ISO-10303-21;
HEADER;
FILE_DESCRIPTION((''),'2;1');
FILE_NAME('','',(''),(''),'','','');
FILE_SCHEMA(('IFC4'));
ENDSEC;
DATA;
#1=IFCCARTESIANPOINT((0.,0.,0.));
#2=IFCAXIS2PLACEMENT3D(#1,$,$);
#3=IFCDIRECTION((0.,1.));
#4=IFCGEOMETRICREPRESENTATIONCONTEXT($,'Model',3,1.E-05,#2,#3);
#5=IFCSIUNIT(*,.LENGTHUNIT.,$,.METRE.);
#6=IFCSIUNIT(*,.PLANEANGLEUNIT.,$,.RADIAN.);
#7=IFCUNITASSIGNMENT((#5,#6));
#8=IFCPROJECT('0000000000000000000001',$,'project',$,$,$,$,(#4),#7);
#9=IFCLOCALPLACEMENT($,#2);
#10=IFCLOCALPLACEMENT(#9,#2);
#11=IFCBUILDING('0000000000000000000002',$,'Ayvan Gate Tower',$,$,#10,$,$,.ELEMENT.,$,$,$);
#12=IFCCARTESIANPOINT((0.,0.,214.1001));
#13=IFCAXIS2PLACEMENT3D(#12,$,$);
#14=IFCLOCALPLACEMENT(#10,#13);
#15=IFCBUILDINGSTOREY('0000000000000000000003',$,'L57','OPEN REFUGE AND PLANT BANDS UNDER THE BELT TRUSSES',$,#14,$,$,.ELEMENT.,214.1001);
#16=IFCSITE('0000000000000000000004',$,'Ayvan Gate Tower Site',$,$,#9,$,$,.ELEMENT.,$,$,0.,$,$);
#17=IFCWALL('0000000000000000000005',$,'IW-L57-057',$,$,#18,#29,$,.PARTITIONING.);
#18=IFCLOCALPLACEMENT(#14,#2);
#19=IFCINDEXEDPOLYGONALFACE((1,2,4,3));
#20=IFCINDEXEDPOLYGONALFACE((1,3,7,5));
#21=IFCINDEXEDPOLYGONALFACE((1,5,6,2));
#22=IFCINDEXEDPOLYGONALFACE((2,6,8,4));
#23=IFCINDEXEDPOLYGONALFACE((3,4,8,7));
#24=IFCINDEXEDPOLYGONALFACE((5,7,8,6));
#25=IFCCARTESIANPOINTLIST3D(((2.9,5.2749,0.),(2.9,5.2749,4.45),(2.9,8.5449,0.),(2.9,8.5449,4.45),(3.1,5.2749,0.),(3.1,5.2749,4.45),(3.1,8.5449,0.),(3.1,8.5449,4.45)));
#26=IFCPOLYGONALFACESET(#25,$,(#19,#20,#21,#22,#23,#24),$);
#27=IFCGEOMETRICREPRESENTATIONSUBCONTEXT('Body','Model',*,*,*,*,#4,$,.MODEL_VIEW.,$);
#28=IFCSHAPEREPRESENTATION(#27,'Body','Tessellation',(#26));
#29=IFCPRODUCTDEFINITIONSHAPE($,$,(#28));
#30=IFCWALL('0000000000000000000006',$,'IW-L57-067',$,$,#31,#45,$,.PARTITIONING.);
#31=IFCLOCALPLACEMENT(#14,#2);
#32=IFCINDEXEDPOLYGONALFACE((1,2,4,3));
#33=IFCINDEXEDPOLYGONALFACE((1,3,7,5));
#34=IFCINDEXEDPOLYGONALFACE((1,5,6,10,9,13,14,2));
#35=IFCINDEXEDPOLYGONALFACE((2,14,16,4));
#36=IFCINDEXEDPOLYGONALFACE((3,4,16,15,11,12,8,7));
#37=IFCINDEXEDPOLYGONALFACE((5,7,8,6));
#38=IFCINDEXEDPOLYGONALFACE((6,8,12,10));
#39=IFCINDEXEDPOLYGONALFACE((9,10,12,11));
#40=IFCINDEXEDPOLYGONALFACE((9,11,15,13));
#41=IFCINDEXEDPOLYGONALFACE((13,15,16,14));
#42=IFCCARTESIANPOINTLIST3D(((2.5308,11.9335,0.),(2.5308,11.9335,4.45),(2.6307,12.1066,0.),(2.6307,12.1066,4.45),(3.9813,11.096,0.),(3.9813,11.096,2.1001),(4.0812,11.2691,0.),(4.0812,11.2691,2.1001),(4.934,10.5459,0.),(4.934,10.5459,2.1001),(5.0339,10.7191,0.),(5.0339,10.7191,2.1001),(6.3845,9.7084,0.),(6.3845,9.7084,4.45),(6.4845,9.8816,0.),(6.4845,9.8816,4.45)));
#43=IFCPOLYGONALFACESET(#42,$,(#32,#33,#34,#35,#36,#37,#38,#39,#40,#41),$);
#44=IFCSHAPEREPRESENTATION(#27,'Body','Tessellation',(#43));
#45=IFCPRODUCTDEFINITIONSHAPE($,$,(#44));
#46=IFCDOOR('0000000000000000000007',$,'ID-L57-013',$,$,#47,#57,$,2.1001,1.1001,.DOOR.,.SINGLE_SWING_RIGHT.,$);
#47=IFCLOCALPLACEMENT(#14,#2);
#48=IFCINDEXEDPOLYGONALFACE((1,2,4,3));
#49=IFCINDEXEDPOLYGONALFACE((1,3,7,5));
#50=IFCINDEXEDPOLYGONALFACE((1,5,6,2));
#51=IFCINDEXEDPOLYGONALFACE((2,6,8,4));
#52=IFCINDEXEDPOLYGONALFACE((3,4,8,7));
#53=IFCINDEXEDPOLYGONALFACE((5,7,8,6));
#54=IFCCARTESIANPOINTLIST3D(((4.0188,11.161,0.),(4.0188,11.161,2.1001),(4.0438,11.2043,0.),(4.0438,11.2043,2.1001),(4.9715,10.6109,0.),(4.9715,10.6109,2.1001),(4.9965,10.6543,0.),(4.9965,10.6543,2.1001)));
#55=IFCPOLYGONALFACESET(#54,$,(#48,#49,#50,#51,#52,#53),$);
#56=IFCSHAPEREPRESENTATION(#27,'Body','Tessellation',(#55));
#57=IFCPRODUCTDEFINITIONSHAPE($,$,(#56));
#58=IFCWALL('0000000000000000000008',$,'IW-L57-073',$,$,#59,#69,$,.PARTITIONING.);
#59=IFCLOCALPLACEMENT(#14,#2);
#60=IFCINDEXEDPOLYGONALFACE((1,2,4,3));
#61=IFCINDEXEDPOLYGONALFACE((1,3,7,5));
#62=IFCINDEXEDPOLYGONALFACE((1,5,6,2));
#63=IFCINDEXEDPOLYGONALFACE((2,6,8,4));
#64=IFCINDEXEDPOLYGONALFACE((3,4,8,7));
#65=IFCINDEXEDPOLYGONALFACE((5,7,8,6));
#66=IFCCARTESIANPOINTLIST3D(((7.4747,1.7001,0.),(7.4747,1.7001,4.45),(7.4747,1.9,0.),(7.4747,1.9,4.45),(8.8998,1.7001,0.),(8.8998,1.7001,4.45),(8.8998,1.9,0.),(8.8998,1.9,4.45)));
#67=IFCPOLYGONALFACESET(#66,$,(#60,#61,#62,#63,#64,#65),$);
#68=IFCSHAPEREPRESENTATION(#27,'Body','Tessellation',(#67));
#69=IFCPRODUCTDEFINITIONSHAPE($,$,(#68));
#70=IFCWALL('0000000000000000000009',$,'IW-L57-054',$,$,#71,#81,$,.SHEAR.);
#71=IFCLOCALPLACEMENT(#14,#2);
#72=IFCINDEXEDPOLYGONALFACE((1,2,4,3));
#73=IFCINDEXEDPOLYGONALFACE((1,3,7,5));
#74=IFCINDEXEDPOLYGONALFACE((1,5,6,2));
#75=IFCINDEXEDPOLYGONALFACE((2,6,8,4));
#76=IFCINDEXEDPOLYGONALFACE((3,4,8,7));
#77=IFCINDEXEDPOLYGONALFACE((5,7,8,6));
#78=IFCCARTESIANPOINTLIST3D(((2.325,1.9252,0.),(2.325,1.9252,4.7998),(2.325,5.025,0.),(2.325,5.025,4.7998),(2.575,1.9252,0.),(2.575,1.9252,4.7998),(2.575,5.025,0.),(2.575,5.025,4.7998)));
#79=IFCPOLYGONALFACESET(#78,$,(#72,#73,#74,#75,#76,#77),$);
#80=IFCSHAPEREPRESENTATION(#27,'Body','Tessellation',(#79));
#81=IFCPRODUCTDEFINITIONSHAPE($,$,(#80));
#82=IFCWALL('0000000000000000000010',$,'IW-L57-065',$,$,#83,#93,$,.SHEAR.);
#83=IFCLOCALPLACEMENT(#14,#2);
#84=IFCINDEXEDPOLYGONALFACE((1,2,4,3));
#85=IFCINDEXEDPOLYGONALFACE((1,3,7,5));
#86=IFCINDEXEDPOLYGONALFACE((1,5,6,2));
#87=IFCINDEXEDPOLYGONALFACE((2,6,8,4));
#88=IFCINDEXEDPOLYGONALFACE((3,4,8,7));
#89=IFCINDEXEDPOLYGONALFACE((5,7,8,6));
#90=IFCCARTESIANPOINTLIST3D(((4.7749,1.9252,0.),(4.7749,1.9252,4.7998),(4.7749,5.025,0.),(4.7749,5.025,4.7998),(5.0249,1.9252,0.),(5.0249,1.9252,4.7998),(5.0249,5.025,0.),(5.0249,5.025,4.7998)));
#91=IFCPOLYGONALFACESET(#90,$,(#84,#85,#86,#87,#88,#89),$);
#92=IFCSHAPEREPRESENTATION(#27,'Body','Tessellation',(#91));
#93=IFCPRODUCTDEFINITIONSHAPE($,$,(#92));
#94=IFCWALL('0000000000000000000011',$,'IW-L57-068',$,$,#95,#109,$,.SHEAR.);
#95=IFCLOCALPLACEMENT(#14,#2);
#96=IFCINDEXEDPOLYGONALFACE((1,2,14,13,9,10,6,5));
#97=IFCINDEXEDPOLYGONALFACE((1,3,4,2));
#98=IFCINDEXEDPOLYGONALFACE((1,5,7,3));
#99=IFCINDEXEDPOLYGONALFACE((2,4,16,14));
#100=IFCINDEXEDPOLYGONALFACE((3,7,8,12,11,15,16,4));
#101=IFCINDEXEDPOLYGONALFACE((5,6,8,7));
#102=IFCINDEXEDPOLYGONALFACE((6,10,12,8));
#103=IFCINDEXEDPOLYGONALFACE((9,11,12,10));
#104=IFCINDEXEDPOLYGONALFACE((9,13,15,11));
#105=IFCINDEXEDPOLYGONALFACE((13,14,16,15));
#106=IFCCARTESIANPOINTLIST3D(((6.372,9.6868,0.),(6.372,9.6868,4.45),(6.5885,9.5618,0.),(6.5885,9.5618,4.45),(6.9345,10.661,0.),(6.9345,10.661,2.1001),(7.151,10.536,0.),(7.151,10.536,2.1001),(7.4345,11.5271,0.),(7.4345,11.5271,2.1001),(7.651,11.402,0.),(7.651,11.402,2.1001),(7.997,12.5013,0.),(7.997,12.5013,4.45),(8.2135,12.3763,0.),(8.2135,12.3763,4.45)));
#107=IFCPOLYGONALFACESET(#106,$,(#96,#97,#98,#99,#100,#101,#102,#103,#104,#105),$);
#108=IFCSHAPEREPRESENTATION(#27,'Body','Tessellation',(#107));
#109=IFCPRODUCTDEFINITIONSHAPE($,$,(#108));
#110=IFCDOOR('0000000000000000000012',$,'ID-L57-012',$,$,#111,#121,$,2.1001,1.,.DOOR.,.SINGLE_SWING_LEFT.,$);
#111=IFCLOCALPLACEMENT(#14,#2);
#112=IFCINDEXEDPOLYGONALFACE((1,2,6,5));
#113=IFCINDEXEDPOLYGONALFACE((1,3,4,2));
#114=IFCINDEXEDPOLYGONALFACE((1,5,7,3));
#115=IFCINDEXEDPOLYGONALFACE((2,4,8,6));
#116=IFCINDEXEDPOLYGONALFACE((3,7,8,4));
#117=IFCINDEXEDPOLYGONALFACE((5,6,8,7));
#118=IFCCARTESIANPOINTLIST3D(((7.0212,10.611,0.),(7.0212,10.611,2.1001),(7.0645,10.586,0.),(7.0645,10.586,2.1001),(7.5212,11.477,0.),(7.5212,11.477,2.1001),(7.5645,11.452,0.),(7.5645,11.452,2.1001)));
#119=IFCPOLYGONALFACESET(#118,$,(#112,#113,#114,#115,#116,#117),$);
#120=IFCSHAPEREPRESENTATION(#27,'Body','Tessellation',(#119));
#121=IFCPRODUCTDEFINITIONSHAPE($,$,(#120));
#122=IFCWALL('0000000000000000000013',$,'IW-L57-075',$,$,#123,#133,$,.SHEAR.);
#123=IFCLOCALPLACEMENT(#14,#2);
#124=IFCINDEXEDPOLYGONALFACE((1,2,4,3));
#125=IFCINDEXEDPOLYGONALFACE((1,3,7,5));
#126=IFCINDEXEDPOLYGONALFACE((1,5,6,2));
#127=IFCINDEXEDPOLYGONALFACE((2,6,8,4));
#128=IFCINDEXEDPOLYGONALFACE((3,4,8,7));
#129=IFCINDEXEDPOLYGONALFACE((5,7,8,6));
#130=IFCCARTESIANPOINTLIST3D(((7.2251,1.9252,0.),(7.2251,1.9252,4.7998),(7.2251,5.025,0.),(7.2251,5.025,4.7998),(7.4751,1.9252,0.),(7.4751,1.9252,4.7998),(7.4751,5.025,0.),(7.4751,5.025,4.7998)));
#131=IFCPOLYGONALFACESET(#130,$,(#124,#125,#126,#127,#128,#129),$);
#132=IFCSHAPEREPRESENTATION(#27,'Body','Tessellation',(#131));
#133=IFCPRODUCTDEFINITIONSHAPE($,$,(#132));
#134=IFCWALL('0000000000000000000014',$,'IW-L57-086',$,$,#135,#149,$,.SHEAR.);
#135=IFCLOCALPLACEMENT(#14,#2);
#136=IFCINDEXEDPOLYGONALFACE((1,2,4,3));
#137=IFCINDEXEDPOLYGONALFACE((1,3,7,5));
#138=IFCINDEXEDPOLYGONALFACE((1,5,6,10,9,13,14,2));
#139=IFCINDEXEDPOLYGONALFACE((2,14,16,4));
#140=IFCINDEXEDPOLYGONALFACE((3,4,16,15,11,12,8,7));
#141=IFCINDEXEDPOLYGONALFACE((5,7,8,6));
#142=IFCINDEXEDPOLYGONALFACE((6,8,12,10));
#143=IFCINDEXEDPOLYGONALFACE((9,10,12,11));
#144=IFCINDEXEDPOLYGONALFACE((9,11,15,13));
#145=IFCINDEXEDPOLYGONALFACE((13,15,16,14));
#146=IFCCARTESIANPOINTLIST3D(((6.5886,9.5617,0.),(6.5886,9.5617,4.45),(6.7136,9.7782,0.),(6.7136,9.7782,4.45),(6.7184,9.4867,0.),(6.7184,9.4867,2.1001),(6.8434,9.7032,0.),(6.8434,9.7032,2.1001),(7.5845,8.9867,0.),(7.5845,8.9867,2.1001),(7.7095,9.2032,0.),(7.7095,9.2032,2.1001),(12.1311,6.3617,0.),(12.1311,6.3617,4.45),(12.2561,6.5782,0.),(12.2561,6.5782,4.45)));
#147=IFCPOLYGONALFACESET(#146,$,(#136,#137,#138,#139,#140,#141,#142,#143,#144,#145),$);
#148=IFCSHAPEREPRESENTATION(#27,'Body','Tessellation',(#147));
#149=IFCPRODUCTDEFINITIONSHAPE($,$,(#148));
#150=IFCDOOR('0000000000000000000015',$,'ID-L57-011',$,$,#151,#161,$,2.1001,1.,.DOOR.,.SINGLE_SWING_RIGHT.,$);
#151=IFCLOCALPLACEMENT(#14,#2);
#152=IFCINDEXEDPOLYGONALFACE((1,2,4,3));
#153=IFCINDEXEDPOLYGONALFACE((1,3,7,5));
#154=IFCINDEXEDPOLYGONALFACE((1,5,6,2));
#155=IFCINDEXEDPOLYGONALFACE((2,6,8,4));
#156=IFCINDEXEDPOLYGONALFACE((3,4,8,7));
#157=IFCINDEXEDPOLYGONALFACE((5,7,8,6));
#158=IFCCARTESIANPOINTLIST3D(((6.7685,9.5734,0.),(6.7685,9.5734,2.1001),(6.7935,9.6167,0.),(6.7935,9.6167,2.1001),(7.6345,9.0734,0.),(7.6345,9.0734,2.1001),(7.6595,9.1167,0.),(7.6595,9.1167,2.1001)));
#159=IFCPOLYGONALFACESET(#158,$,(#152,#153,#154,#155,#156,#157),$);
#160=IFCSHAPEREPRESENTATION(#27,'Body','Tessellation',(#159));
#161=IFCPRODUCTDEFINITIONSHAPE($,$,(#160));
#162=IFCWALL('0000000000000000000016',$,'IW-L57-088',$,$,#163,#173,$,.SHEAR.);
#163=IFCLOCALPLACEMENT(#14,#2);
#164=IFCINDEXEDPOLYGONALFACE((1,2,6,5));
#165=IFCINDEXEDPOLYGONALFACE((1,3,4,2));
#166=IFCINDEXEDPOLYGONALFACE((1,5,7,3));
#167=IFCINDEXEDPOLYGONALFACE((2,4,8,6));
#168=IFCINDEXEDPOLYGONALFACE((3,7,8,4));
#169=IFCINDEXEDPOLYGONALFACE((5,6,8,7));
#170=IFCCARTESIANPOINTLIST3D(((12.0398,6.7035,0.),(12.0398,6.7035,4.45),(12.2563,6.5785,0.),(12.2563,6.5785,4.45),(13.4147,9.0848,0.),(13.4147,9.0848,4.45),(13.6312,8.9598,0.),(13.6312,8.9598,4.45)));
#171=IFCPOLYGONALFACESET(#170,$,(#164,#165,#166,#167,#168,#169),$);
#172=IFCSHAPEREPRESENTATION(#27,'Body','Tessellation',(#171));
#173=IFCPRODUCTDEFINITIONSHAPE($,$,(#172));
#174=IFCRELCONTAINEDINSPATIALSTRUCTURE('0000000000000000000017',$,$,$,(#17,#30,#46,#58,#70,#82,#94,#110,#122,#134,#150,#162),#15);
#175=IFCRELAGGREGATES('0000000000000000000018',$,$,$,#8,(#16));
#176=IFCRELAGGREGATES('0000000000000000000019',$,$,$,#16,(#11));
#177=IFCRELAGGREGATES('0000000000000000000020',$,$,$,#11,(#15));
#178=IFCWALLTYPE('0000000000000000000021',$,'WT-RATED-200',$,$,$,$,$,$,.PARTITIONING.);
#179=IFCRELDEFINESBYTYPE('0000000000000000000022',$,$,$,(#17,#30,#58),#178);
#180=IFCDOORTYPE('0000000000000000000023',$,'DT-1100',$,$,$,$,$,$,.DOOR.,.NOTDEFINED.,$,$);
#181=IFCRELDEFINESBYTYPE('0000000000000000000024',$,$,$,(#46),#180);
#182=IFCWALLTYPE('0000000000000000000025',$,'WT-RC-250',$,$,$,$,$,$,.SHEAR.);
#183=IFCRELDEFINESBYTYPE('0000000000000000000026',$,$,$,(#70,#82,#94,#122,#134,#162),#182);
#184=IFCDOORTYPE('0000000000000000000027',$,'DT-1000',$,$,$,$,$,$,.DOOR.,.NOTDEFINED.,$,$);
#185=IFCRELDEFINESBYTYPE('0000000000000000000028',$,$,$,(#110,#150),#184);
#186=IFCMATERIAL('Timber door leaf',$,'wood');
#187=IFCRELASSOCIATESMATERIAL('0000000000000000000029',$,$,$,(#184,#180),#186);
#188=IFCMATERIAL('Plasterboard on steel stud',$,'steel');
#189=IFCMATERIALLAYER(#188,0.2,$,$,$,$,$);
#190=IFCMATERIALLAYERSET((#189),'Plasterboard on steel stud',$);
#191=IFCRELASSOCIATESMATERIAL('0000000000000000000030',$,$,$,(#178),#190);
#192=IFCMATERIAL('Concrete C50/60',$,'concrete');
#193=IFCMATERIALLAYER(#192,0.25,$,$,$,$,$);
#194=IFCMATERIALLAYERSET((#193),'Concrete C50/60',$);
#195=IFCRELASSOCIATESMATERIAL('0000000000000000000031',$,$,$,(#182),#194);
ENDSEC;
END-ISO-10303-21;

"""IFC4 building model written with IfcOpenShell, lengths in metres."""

from ifc_helpers import new_model, si_unit, direction, frame, frame_2d, origin, place, context, subcontext, project, spatial, rectangle, extrude, material, layer, layer_set, type_object, element, fill, save


model = new_model("IFC4")

# Units and contexts
model_context = context("Model", 3, precision=1e-05, world=origin(), true_north=direction((0.0, 1.0)))
body_context = subcontext(model_context, "Body", "Model", "MODEL_VIEW")
ifc_project = project(units=[si_unit("LENGTHUNIT", "METRE"), si_unit("PLANEANGLEUNIT", "RADIAN")], contexts=[model_context])

# Site, building, storey
site_placement = place(None, origin())
site = spatial("IfcSite", under=ifc_project, at=site_placement, Name="Ayvan Gate Tower Site", CompositionType="ELEMENT", RefElevation=0.0)
building_placement = place(site_placement, origin())
building = spatial("IfcBuilding", under=site, at=building_placement, Name="Ayvan Gate Tower", CompositionType="ELEMENT")
storey_placement = place(building_placement, frame((0.0, 0.0, 214.1001)))
storey = spatial("IfcBuildingStorey", under=building, at=storey_placement, Name="L57", Description="OPEN REFUGE AND PLANT BANDS UNDER THE BELT TRUSSES", CompositionType="ELEMENT", Elevation=214.1001)

# Shared definitions
ifc_material_1 = material(Name="Timber door leaf", Category="wood")

# Shared definitions
ifc_material_2 = material(Name="Plasterboard on steel stud", Category="steel")
door_type_1 = type_object("IfcDoorType", Name="DT-1000", OperationType="NOTDEFINED", PredefinedType="DOOR", material=ifc_material_1)

# Wall
ifc_layer_1 = layer(ifc_material_2, 0.2)
ifc_layer_set_1 = layer_set([ifc_layer_1], Name="Plasterboard on steel stud")
wall_type_1 = type_object("IfcWallType", Name="WT-RATED-200", PredefinedType="PARTITIONING", material=ifc_layer_set_1)
wall_1_placement = place(storey_placement, frame((3.0, 8.5449, 0.0), z_axis=(0.0, 0.0, 1.0), x_axis=(0.0, -1.0, 0.0)))
element("IfcWall", 1, at=wall_1_placement, inside=storey, type_object=wall_type_1, Name="IW-L57-057", PredefinedType="PARTITIONING", context=body_context, shape_type="SweptSolid", body=[
    extrude(rectangle(XDim=3.27, YDim=0.2, at=frame_2d((1.635, 0.0))), origin(), (0.0, 0.0, 1.0), 4.45),
])

# Wall, opening, door
wall_2_placement = place(storey_placement, frame((6.4346, 9.7949, 0.0), z_axis=(0.0, 0.0, 1.0), x_axis=(-0.866013, 0.500022, 0.0)))
wall_2 = element("IfcWall", 2, at=wall_2_placement, inside=storey, type_object=wall_type_1, Name="IW-L57-067", PredefinedType="PARTITIONING", context=body_context, shape_type="SweptSolid", body=[
    extrude(rectangle(XDim=4.45, YDim=0.2, at=frame_2d((2.2251, 0.0))), origin(), (0.0, 0.0, 1.0), 4.45),
])
opening_1_placement = place(wall_2_placement, frame((1.675, 0.0, 0.0)))
opening_1 = element("IfcOpeningElement", 3, at=opening_1_placement, cuts=wall_2, PredefinedType="OPENING", context=body_context, shape_type="SweptSolid", body=[
    extrude(rectangle(XDim=1.1001, YDim=2.1001, at=frame_2d((0.55, 1.05))), frame((0.0, 0.1099, 0.0), z_axis=(0.0, -1.0, 0.0), x_axis=(1.0, 0.0, 0.0)), (0.0, 0.0, 1.0), 0.22),
])
door_type_2 = type_object("IfcDoorType", Name="DT-1100", OperationType="NOTDEFINED", PredefinedType="DOOR", material=ifc_material_1)
door_1_placement = place(opening_1_placement, origin())
door_1 = element("IfcDoor", 4, at=door_1_placement, inside=storey, type_object=door_type_2, Name="ID-L57-013", OperationType="SINGLE_SWING_RIGHT", OverallHeight=2.1001, OverallWidth=1.1001, PredefinedType="DOOR", context=body_context, shape_type="SweptSolid", body=[
    extrude(rectangle(XDim=1.1001, YDim=2.1001, at=frame_2d((0.55, 1.05))), frame((0.0, 0.0249, 0.0), z_axis=(0.0, -1.0, 0.0), x_axis=(1.0, 0.0, 0.0)), (0.0, 0.0, 1.0), 0.05),
])
fill(opening_1, door_1)

# Walls
wall_3_placement = place(storey_placement, frame((7.4749, 1.8, 0.0), z_axis=(0.0, 0.0, 1.0), x_axis=(1.0, 0.0, 0.0)))
element("IfcWall", 5, at=wall_3_placement, inside=storey, type_object=wall_type_1, Name="IW-L57-073", PredefinedType="PARTITIONING", context=body_context, shape_type="SweptSolid", body=[
    extrude(rectangle(XDim=1.425, YDim=0.2, at=frame_2d((0.7124, 0.0))), origin(), (0.0, 0.0, 1.0), 4.45),
])
ifc_material_3 = material(Name="Concrete C50/60", Category="concrete")
ifc_layer_2 = layer(ifc_material_3, 0.25)
ifc_layer_set_2 = layer_set([ifc_layer_2], Name="Concrete C50/60")
wall_type_2 = type_object("IfcWallType", Name="WT-RC-250", PredefinedType="SHEAR", material=ifc_layer_set_2)
for number, where, z_axis, x_axis, name in (
    (6, (2.45, 5.0249, 0.0), (0.0, 0.0, 1.0), (0.0, -1.0, 0.0), "IW-L57-054"),
    (7, (4.8999, 5.0249, 0.0), (0.0, 0.0, 1.0), (0.0, -1.0, 0.0), "IW-L57-065"),
):
    element("IfcWall", number, at=place(storey_placement, frame(where, z_axis=z_axis, x_axis=x_axis)), inside=storey, type_object=wall_type_2, Name=name, PredefinedType="SHEAR", context=body_context, shape_type="SweptSolid", body=[
        extrude(rectangle(XDim=3.0999, YDim=0.25, at=frame_2d((1.5498, 0.0))), origin(), (0.0, 0.0, 1.0), 4.7998),
    ])

# Wall, opening, door
wall_4_placement = place(storey_placement, frame((6.4802, 9.6243, 0.0), z_axis=(0.0, 0.0, 1.0), x_axis=(0.500017, 0.866015, 0.0)))
wall_4 = element("IfcWall", 8, at=wall_4_placement, inside=storey, type_object=wall_type_2, Name="IW-L57-068", PredefinedType="SHEAR", context=body_context, shape_type="SweptSolid", body=[
    extrude(rectangle(XDim=3.25, YDim=0.25, at=frame_2d((1.625, 0.0))), origin(), (0.0, 0.0, 1.0), 4.45),
])
opening_2_placement = place(wall_4_placement, frame((1.125, 0.0, 0.0)))
opening_2 = element("IfcOpeningElement", 9, at=opening_2_placement, cuts=wall_4, PredefinedType="OPENING", context=body_context, shape_type="SweptSolid", body=[
    extrude(rectangle(XDim=1.0, YDim=2.1001, at=frame_2d((0.5, 1.05))), frame((0.0, 0.135, 0.0), z_axis=(0.0, -1.0, 0.0), x_axis=(1.0, 0.0, 0.0)), (0.0, 0.0, 1.0), 0.27),
])
door_2_placement = place(opening_2_placement, origin())
door_2 = element("IfcDoor", 10, at=door_2_placement, inside=storey, type_object=door_type_1, Name="ID-L57-012", OperationType="SINGLE_SWING_LEFT", OverallHeight=2.1001, OverallWidth=1.0, PredefinedType="DOOR", context=body_context, shape_type="SweptSolid", body=[
    extrude(rectangle(XDim=1.0, YDim=2.1001, at=frame_2d((0.5, 1.05))), frame((0.0, 0.0249, 0.0), z_axis=(0.0, -1.0, 0.0), x_axis=(1.0, 0.0, 0.0)), (0.0, 0.0, 1.0), 0.05),
])
fill(opening_2, door_2)

# Wall
wall_5_placement = place(storey_placement, frame((7.3501, 5.0249, 0.0), z_axis=(0.0, 0.0, 1.0), x_axis=(0.0, -1.0, 0.0)))
element("IfcWall", 11, at=wall_5_placement, inside=storey, type_object=wall_type_2, Name="IW-L57-075", PredefinedType="SHEAR", context=body_context, shape_type="SweptSolid", body=[
    extrude(rectangle(XDim=3.0999, YDim=0.25, at=frame_2d((1.5498, 0.0))), origin(), (0.0, 0.0, 1.0), 4.7998),
])

# Wall, opening, door
wall_6_placement = place(storey_placement, frame((12.1936, 6.47, 0.0), z_axis=(0.0, 0.0, 1.0), x_axis=(-0.866025, 0.5, 0.0)))
wall_6 = element("IfcWall", 12, at=wall_6_placement, inside=storey, type_object=wall_type_2, Name="IW-L57-086", PredefinedType="SHEAR", context=body_context, shape_type="SweptSolid", body=[
    extrude(rectangle(XDim=6.3999, YDim=0.25, at=frame_2d((3.2, 0.0))), origin(), (0.0, 0.0, 1.0), 4.45),
])
opening_3_placement = place(wall_6_placement, frame((5.25, 0.0, 0.0)))
opening_3 = element("IfcOpeningElement", 13, at=opening_3_placement, cuts=wall_6, PredefinedType="OPENING", context=body_context, shape_type="SweptSolid", body=[
    extrude(rectangle(XDim=1.0, YDim=2.1001, at=frame_2d((0.5, 1.05))), frame((0.0, 0.135, 0.0), z_axis=(0.0, -1.0, 0.0), x_axis=(1.0, 0.0, 0.0)), (0.0, 0.0, 1.0), 0.27),
])
door_3_placement = place(opening_3_placement, origin())
door_3 = element("IfcDoor", 14, at=door_3_placement, inside=storey, type_object=door_type_1, Name="ID-L57-011", OperationType="SINGLE_SWING_RIGHT", OverallHeight=2.1001, OverallWidth=1.0, PredefinedType="DOOR", context=body_context, shape_type="SweptSolid", body=[
    extrude(rectangle(XDim=1.0, YDim=2.1001, at=frame_2d((0.5, 1.05))), frame((0.0, 0.0249, 0.0), z_axis=(0.0, -1.0, 0.0), x_axis=(1.0, 0.0, 0.0)), (0.0, 0.0, 1.0), 0.05),
])
fill(opening_3, door_3)

# Wall
wall_7_placement = place(storey_placement, frame((12.1479, 6.6409, 0.0), z_axis=(0.0, 0.0, 1.0), x_axis=(0.500035, 0.866005, 0.0)))
element("IfcWall", 15, at=wall_7_placement, inside=storey, type_object=wall_type_2, Name="IW-L57-088", PredefinedType="SHEAR", context=body_context, shape_type="SweptSolid", body=[
    extrude(rectangle(XDim=2.7498, YDim=0.25, at=frame_2d((1.375, 0.0))), origin(), (0.0, 0.0, 1.0), 4.45),
])

save(model, "model.ifc")
